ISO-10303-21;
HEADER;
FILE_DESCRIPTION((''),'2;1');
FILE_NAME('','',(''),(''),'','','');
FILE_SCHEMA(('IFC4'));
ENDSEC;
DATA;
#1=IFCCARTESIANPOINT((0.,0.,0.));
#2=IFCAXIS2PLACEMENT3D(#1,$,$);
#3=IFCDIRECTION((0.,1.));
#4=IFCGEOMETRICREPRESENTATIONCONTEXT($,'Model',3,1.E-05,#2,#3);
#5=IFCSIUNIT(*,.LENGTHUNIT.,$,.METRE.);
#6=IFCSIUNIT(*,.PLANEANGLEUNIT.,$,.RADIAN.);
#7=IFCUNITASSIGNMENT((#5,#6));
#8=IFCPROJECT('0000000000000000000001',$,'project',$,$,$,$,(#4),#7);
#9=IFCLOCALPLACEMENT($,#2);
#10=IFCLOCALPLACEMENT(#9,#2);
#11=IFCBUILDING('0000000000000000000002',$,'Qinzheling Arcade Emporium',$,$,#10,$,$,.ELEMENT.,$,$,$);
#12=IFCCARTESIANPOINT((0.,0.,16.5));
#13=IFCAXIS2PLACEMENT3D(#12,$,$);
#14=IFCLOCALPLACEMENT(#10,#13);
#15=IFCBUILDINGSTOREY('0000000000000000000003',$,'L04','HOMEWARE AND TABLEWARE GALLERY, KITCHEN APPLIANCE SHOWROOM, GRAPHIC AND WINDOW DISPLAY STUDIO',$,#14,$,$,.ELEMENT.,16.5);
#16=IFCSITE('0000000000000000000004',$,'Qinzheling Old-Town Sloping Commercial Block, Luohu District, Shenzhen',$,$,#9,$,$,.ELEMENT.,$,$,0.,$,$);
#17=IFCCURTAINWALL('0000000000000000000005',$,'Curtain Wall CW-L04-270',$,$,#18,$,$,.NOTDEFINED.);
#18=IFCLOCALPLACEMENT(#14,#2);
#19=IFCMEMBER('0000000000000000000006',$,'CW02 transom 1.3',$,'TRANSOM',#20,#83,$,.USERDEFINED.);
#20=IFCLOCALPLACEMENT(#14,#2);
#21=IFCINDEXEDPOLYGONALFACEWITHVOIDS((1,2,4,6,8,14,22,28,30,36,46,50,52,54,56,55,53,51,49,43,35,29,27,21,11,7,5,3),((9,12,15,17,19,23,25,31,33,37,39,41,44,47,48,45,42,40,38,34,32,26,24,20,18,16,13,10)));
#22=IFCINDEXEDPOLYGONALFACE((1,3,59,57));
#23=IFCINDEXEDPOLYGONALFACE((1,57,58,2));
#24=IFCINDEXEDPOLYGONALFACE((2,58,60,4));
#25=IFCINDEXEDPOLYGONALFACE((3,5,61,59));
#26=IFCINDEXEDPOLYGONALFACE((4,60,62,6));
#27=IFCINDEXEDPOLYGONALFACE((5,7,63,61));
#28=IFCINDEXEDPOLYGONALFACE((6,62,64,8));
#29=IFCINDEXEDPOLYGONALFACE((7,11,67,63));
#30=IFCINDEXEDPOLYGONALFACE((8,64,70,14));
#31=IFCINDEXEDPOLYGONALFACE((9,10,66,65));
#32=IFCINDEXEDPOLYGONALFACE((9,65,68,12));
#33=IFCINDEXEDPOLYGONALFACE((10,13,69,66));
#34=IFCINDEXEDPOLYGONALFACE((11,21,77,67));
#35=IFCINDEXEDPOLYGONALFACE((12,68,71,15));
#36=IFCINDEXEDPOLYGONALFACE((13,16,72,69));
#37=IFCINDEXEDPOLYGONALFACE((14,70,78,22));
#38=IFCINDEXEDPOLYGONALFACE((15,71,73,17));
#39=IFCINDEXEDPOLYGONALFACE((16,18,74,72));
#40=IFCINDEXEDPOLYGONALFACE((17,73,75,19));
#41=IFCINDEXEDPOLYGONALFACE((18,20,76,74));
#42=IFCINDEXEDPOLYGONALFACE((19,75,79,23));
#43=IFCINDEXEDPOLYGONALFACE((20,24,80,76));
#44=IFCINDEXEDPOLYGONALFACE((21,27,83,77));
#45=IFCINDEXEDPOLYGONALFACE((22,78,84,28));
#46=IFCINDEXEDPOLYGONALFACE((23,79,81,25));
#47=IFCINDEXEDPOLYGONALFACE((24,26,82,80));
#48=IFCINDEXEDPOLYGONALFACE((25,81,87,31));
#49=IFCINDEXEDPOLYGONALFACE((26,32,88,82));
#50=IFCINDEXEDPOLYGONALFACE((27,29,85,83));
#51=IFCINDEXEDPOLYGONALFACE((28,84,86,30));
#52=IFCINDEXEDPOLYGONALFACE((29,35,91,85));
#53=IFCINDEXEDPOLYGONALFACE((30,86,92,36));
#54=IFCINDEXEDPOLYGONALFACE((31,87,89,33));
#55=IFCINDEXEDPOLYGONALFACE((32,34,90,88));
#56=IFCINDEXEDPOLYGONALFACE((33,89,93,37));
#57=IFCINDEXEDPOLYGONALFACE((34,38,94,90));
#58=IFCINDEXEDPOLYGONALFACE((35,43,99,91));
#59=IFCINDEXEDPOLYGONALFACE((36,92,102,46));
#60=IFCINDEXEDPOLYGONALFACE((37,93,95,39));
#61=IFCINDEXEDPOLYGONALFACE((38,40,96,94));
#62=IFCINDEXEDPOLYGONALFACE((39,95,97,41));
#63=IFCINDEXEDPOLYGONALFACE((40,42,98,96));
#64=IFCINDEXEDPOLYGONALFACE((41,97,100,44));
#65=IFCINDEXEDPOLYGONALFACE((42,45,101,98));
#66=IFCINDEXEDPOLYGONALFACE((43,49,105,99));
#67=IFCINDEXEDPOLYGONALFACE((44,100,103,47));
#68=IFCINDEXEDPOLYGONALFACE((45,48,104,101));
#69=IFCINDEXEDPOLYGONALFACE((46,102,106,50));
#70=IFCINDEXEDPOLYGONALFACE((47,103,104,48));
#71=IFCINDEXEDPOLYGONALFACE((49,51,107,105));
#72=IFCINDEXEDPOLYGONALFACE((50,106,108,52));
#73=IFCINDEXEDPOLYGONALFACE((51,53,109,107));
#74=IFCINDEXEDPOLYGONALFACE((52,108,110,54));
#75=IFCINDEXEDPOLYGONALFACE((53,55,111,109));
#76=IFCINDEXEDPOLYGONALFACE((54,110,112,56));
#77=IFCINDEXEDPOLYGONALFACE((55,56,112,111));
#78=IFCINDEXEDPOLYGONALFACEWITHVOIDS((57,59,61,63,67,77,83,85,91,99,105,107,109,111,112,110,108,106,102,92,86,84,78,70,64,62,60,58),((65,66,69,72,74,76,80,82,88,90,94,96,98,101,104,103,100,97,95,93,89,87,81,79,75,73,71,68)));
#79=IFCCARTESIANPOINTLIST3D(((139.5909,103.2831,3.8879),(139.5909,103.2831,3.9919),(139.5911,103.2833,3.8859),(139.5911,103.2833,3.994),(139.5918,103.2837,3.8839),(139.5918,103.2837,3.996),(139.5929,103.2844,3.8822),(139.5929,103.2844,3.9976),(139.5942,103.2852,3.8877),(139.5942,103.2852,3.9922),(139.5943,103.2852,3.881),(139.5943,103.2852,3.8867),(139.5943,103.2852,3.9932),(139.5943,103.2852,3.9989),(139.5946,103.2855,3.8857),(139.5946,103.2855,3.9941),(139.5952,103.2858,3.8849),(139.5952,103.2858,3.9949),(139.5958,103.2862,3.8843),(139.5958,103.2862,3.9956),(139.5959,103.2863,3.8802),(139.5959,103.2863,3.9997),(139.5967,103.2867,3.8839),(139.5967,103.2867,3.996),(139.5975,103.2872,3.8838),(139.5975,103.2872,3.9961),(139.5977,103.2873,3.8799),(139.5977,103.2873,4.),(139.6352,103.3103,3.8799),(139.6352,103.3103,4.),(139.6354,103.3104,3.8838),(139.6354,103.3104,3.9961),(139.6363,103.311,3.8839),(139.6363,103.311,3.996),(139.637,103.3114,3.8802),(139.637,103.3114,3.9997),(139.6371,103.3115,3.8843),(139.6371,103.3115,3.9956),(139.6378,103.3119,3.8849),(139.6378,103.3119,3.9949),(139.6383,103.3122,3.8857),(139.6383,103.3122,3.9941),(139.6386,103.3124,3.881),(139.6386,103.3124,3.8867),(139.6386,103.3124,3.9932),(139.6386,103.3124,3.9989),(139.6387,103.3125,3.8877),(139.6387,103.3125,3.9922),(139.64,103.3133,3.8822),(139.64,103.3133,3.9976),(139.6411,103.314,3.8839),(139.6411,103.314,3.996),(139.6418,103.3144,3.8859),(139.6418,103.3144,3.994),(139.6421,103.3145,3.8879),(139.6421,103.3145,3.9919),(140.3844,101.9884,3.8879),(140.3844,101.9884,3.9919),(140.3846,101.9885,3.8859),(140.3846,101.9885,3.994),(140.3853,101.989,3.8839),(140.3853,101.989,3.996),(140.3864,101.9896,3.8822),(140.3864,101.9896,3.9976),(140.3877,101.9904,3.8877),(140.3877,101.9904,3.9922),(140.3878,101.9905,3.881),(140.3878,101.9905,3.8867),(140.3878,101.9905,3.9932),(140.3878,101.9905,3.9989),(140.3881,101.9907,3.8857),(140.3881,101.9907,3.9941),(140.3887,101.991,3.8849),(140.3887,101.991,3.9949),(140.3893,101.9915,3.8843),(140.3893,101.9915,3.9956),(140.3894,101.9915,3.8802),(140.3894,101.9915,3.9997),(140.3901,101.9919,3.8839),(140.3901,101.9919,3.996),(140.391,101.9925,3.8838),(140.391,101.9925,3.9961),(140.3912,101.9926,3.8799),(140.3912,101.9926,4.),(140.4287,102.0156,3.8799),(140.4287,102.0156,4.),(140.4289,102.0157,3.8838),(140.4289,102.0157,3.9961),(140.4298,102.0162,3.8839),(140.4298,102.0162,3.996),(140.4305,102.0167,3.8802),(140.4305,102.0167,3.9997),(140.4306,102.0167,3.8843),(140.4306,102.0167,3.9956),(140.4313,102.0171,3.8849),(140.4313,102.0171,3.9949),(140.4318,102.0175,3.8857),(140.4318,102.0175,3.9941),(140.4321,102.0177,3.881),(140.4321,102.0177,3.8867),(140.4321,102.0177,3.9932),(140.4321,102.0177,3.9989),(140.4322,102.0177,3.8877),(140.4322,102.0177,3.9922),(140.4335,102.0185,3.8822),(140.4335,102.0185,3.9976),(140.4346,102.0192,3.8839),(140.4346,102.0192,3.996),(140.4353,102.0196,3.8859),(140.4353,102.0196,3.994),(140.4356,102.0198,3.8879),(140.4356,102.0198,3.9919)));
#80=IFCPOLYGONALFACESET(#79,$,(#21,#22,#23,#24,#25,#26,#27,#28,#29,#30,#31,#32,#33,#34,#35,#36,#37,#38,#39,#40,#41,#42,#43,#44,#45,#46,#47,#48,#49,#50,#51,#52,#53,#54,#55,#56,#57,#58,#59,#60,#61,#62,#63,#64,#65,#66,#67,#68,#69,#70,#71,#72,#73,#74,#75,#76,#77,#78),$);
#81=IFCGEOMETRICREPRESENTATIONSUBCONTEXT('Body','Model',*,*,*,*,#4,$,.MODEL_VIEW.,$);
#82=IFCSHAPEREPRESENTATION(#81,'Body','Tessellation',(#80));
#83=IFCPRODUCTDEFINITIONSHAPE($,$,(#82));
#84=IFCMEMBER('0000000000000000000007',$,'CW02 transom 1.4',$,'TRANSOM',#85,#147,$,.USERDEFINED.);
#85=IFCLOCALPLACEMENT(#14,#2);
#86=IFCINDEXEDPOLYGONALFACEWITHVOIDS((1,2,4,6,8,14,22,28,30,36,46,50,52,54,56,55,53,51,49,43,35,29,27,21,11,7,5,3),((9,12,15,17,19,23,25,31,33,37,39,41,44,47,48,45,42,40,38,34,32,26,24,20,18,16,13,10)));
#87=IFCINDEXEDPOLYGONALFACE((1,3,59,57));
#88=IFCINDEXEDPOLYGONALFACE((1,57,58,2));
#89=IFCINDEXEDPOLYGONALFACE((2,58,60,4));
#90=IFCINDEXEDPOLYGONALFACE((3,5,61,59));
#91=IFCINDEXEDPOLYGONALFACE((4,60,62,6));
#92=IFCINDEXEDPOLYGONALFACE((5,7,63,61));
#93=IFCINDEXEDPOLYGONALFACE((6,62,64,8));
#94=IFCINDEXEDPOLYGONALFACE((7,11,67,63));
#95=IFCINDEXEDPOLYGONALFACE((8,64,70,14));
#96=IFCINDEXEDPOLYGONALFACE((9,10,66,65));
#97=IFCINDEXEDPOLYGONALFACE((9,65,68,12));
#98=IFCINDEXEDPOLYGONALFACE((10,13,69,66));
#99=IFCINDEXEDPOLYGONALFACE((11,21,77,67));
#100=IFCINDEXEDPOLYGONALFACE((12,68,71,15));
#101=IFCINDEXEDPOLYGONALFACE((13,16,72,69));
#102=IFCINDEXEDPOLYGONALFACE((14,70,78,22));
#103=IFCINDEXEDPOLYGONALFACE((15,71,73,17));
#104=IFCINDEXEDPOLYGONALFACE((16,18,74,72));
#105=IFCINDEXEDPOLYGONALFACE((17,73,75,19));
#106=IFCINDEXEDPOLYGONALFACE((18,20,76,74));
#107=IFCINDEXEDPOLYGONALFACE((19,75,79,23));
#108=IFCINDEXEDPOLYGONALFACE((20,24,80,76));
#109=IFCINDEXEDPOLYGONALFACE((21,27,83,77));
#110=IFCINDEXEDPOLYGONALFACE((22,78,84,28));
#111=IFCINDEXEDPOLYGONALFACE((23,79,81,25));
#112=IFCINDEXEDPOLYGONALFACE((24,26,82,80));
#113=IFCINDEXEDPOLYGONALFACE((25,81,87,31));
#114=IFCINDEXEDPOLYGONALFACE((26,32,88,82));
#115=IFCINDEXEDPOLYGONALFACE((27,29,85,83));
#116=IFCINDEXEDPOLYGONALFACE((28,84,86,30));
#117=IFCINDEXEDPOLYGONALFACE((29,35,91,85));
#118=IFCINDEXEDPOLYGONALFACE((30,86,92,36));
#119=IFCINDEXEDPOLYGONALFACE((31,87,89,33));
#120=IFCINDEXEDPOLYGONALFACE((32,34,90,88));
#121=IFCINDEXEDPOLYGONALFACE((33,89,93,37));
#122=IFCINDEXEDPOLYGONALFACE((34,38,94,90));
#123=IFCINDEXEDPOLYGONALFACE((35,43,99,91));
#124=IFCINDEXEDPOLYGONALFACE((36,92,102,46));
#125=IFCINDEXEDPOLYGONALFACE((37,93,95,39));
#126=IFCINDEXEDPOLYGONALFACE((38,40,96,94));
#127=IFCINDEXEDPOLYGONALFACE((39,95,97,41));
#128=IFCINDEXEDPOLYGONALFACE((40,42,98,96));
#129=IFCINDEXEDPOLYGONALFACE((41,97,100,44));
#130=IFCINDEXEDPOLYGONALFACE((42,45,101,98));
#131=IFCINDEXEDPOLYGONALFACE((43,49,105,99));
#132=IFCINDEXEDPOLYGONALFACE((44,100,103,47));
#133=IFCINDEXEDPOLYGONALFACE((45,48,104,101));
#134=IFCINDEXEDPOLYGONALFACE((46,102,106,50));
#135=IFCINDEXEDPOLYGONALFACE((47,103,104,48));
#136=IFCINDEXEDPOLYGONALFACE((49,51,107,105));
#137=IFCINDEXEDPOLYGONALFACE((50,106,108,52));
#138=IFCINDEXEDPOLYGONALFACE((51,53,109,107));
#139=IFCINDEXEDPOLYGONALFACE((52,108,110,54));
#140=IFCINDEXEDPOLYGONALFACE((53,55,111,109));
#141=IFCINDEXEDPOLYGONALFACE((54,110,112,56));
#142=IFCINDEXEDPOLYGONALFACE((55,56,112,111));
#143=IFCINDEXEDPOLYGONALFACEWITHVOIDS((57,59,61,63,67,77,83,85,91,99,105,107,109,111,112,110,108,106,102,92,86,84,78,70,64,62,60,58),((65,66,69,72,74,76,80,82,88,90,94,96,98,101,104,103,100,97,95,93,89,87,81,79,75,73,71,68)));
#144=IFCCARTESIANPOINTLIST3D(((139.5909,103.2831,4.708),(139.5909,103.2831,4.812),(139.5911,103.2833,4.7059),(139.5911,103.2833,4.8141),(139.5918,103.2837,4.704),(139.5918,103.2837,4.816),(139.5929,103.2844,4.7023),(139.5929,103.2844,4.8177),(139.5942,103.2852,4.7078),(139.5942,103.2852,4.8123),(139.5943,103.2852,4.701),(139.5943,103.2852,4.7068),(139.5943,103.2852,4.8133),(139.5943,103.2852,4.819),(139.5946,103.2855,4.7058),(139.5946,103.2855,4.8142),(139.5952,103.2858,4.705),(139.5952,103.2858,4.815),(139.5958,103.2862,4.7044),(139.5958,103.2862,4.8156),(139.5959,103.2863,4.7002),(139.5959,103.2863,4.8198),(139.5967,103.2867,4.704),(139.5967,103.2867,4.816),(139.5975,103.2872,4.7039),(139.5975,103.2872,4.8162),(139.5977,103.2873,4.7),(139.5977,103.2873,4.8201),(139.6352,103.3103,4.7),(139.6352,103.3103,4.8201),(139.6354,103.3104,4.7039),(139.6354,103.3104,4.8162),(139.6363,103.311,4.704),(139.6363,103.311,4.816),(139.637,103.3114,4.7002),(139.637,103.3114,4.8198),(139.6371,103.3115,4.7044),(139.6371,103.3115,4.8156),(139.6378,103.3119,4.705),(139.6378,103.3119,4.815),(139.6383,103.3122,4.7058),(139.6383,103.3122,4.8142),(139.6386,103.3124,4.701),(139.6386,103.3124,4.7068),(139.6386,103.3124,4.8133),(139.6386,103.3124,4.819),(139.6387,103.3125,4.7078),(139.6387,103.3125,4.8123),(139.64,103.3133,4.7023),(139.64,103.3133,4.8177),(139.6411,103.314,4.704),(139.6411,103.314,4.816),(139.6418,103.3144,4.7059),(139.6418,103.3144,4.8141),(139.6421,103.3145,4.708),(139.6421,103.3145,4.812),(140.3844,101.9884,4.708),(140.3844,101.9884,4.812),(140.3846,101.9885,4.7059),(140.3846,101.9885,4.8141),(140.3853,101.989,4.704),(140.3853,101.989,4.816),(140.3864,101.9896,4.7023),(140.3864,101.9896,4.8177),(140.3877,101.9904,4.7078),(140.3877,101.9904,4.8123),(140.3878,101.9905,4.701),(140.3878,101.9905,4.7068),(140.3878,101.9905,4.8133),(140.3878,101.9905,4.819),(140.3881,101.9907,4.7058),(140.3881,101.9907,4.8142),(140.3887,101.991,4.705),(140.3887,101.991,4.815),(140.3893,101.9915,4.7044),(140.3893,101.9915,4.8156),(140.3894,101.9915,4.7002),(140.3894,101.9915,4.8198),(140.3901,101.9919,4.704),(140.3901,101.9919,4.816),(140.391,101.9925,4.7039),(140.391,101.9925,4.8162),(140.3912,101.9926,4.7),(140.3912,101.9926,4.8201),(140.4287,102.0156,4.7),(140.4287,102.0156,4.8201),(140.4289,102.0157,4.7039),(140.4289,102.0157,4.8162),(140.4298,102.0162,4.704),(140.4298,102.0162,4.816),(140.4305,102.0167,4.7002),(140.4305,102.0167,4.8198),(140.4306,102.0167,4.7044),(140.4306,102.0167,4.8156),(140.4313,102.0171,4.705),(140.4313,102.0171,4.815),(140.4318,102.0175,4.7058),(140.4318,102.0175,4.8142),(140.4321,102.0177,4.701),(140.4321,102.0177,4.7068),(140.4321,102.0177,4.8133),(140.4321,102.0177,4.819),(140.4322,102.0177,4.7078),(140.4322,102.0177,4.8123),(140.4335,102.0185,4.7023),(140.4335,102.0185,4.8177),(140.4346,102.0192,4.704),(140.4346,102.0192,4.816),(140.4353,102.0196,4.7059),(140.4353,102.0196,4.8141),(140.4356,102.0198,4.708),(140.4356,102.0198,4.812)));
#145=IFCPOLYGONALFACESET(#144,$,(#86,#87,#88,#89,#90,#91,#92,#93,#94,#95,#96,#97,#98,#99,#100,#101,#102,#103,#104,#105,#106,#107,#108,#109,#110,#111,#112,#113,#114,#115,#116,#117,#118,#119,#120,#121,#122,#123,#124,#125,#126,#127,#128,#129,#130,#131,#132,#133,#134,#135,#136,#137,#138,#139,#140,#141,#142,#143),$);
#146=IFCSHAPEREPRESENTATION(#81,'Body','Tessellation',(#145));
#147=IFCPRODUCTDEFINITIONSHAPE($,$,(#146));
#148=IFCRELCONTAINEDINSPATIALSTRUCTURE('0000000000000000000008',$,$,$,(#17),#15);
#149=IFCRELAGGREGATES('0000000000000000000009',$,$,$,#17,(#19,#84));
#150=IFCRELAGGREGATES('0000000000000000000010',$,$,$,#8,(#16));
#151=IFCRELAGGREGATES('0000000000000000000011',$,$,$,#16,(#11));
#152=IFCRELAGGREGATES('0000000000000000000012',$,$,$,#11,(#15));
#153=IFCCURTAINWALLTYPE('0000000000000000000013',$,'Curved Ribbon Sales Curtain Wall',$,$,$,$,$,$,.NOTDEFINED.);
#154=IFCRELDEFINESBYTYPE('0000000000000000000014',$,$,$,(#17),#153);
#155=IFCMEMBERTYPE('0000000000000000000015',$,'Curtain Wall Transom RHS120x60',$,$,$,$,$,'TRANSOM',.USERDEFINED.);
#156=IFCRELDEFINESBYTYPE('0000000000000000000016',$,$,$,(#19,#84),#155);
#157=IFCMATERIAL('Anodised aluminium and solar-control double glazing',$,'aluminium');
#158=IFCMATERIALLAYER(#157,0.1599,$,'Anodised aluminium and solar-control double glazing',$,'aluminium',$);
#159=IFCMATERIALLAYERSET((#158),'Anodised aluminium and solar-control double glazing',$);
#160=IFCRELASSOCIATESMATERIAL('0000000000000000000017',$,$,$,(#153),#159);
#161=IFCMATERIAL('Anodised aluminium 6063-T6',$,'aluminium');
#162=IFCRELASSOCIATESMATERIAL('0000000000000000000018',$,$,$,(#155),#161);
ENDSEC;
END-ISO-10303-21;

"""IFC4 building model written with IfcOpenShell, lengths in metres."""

from ifc_helpers import new_model, si_unit, direction, frame, origin, origin_2d, place, context, subcontext, project, spatial, hollow_rectangle, extrude, material, layer, layer_set, material_profile, profile_set, type_object, element, aggregate, save


model = new_model("IFC4")

# Units and contexts
model_context = context("Model", 3, precision=1e-05, world=origin(), true_north=direction((0.0, 1.0)))
body_context = subcontext(model_context, "Body", "Model", "MODEL_VIEW")
ifc_project = project(units=[si_unit("LENGTHUNIT", "METRE"), si_unit("PLANEANGLEUNIT", "RADIAN")], contexts=[model_context])

# Site, building, storey
site_placement = place(None, origin())
site = spatial("IfcSite", under=ifc_project, at=site_placement, Name="Qinzheling Old-Town Sloping Commercial Block, Luohu District, Shenzhen", CompositionType="ELEMENT", RefElevation=0.0)
building_placement = place(site_placement, origin())
building = spatial("IfcBuilding", under=site, at=building_placement, Name="Qinzheling Arcade Emporium", CompositionType="ELEMENT")
storey_placement = place(building_placement, frame((0.0, 0.0, 16.5)))
storey = spatial("IfcBuildingStorey", under=building, at=storey_placement, Name="L04", Description="HOMEWARE AND TABLEWARE GALLERY, KITCHEN APPLIANCE SHOWROOM, GRAPHIC AND WINDOW DISPLAY STUDIO", CompositionType="ELEMENT", Elevation=16.5)

# Curtain wall
ifc_material_1 = material(Name="Anodised aluminium and solar-control double glazing", Category="aluminium")
ifc_layer_1 = layer(ifc_material_1, 0.1599, Name="Anodised aluminium and solar-control double glazing", Category="aluminium")
ifc_layer_set_1 = layer_set([ifc_layer_1], Name="Anodised aluminium and solar-control double glazing")
curtain_wall_type = type_object("IfcCurtainWallType", Name="Curved Ribbon Sales Curtain Wall", PredefinedType="NOTDEFINED", material=ifc_layer_set_1)
ifc_material_2 = material(Name="Anodised aluminium 6063-T6", Category="aluminium")
curtain_wall_1_placement = place(storey_placement, origin())
curtain_wall_1 = element("IfcCurtainWall", 1, at=curtain_wall_1_placement, inside=storey, type_object=curtain_wall_type, Name="Curtain Wall CW-L04-270", PredefinedType="NOTDEFINED")

# Members
ifc_material_profile_1 = material_profile(ifc_material_2, hollow_rectangle(XDim=0.0601, YDim=0.1201, WallThickness=0.0039, InnerFilletRadius=0.0039, OuterFilletRadius=0.0081, at=origin_2d()), Name="RHS 120x60x4", Category="aluminium")
ifc_profile_set_1 = profile_set([ifc_material_profile_1], Name="Anodised aluminium 6063-T6")
member_type_1 = type_object("IfcMemberType", Name="Curtain Wall Transom RHS120x60", ElementType="TRANSOM", PredefinedType="USERDEFINED", material=ifc_profile_set_1)
member_1_placement = place(storey_placement, frame((139.6165, 103.2988, 3.9399), z_axis=(0.522536, -0.852617, 0.0), x_axis=(0.852617, 0.522536, 0.0)))
member_1 = element("IfcMember", 2, at=member_1_placement, type_object=member_type_1, Name="CW02 transom 1.3", ObjectType="TRANSOM", PredefinedType="USERDEFINED", context=body_context, shape_type="SweptSolid", body=[
    extrude(hollow_rectangle(XDim=0.0601, YDim=0.1201, WallThickness=0.0039, InnerFilletRadius=0.0039, OuterFilletRadius=0.0081, at=origin_2d()), origin(), (0.0, 0.0, 1.0), 1.5186),
])
member_2_placement = place(storey_placement, frame((139.6165, 103.2988, 4.76), z_axis=(0.522536, -0.852617, 0.0), x_axis=(0.852617, 0.522536, 0.0)))
member_2 = element("IfcMember", 3, at=member_2_placement, type_object=member_type_1, Name="CW02 transom 1.4", ObjectType="TRANSOM", PredefinedType="USERDEFINED", context=body_context, shape_type="SweptSolid", body=[
    extrude(hollow_rectangle(XDim=0.0601, YDim=0.1201, WallThickness=0.0039, InnerFilletRadius=0.0039, OuterFilletRadius=0.0081, at=origin_2d()), origin(), (0.0, 0.0, 1.0), 1.5186),
])

aggregate(curtain_wall_1, [member_1, member_2])

save(model, "model.ifc")
